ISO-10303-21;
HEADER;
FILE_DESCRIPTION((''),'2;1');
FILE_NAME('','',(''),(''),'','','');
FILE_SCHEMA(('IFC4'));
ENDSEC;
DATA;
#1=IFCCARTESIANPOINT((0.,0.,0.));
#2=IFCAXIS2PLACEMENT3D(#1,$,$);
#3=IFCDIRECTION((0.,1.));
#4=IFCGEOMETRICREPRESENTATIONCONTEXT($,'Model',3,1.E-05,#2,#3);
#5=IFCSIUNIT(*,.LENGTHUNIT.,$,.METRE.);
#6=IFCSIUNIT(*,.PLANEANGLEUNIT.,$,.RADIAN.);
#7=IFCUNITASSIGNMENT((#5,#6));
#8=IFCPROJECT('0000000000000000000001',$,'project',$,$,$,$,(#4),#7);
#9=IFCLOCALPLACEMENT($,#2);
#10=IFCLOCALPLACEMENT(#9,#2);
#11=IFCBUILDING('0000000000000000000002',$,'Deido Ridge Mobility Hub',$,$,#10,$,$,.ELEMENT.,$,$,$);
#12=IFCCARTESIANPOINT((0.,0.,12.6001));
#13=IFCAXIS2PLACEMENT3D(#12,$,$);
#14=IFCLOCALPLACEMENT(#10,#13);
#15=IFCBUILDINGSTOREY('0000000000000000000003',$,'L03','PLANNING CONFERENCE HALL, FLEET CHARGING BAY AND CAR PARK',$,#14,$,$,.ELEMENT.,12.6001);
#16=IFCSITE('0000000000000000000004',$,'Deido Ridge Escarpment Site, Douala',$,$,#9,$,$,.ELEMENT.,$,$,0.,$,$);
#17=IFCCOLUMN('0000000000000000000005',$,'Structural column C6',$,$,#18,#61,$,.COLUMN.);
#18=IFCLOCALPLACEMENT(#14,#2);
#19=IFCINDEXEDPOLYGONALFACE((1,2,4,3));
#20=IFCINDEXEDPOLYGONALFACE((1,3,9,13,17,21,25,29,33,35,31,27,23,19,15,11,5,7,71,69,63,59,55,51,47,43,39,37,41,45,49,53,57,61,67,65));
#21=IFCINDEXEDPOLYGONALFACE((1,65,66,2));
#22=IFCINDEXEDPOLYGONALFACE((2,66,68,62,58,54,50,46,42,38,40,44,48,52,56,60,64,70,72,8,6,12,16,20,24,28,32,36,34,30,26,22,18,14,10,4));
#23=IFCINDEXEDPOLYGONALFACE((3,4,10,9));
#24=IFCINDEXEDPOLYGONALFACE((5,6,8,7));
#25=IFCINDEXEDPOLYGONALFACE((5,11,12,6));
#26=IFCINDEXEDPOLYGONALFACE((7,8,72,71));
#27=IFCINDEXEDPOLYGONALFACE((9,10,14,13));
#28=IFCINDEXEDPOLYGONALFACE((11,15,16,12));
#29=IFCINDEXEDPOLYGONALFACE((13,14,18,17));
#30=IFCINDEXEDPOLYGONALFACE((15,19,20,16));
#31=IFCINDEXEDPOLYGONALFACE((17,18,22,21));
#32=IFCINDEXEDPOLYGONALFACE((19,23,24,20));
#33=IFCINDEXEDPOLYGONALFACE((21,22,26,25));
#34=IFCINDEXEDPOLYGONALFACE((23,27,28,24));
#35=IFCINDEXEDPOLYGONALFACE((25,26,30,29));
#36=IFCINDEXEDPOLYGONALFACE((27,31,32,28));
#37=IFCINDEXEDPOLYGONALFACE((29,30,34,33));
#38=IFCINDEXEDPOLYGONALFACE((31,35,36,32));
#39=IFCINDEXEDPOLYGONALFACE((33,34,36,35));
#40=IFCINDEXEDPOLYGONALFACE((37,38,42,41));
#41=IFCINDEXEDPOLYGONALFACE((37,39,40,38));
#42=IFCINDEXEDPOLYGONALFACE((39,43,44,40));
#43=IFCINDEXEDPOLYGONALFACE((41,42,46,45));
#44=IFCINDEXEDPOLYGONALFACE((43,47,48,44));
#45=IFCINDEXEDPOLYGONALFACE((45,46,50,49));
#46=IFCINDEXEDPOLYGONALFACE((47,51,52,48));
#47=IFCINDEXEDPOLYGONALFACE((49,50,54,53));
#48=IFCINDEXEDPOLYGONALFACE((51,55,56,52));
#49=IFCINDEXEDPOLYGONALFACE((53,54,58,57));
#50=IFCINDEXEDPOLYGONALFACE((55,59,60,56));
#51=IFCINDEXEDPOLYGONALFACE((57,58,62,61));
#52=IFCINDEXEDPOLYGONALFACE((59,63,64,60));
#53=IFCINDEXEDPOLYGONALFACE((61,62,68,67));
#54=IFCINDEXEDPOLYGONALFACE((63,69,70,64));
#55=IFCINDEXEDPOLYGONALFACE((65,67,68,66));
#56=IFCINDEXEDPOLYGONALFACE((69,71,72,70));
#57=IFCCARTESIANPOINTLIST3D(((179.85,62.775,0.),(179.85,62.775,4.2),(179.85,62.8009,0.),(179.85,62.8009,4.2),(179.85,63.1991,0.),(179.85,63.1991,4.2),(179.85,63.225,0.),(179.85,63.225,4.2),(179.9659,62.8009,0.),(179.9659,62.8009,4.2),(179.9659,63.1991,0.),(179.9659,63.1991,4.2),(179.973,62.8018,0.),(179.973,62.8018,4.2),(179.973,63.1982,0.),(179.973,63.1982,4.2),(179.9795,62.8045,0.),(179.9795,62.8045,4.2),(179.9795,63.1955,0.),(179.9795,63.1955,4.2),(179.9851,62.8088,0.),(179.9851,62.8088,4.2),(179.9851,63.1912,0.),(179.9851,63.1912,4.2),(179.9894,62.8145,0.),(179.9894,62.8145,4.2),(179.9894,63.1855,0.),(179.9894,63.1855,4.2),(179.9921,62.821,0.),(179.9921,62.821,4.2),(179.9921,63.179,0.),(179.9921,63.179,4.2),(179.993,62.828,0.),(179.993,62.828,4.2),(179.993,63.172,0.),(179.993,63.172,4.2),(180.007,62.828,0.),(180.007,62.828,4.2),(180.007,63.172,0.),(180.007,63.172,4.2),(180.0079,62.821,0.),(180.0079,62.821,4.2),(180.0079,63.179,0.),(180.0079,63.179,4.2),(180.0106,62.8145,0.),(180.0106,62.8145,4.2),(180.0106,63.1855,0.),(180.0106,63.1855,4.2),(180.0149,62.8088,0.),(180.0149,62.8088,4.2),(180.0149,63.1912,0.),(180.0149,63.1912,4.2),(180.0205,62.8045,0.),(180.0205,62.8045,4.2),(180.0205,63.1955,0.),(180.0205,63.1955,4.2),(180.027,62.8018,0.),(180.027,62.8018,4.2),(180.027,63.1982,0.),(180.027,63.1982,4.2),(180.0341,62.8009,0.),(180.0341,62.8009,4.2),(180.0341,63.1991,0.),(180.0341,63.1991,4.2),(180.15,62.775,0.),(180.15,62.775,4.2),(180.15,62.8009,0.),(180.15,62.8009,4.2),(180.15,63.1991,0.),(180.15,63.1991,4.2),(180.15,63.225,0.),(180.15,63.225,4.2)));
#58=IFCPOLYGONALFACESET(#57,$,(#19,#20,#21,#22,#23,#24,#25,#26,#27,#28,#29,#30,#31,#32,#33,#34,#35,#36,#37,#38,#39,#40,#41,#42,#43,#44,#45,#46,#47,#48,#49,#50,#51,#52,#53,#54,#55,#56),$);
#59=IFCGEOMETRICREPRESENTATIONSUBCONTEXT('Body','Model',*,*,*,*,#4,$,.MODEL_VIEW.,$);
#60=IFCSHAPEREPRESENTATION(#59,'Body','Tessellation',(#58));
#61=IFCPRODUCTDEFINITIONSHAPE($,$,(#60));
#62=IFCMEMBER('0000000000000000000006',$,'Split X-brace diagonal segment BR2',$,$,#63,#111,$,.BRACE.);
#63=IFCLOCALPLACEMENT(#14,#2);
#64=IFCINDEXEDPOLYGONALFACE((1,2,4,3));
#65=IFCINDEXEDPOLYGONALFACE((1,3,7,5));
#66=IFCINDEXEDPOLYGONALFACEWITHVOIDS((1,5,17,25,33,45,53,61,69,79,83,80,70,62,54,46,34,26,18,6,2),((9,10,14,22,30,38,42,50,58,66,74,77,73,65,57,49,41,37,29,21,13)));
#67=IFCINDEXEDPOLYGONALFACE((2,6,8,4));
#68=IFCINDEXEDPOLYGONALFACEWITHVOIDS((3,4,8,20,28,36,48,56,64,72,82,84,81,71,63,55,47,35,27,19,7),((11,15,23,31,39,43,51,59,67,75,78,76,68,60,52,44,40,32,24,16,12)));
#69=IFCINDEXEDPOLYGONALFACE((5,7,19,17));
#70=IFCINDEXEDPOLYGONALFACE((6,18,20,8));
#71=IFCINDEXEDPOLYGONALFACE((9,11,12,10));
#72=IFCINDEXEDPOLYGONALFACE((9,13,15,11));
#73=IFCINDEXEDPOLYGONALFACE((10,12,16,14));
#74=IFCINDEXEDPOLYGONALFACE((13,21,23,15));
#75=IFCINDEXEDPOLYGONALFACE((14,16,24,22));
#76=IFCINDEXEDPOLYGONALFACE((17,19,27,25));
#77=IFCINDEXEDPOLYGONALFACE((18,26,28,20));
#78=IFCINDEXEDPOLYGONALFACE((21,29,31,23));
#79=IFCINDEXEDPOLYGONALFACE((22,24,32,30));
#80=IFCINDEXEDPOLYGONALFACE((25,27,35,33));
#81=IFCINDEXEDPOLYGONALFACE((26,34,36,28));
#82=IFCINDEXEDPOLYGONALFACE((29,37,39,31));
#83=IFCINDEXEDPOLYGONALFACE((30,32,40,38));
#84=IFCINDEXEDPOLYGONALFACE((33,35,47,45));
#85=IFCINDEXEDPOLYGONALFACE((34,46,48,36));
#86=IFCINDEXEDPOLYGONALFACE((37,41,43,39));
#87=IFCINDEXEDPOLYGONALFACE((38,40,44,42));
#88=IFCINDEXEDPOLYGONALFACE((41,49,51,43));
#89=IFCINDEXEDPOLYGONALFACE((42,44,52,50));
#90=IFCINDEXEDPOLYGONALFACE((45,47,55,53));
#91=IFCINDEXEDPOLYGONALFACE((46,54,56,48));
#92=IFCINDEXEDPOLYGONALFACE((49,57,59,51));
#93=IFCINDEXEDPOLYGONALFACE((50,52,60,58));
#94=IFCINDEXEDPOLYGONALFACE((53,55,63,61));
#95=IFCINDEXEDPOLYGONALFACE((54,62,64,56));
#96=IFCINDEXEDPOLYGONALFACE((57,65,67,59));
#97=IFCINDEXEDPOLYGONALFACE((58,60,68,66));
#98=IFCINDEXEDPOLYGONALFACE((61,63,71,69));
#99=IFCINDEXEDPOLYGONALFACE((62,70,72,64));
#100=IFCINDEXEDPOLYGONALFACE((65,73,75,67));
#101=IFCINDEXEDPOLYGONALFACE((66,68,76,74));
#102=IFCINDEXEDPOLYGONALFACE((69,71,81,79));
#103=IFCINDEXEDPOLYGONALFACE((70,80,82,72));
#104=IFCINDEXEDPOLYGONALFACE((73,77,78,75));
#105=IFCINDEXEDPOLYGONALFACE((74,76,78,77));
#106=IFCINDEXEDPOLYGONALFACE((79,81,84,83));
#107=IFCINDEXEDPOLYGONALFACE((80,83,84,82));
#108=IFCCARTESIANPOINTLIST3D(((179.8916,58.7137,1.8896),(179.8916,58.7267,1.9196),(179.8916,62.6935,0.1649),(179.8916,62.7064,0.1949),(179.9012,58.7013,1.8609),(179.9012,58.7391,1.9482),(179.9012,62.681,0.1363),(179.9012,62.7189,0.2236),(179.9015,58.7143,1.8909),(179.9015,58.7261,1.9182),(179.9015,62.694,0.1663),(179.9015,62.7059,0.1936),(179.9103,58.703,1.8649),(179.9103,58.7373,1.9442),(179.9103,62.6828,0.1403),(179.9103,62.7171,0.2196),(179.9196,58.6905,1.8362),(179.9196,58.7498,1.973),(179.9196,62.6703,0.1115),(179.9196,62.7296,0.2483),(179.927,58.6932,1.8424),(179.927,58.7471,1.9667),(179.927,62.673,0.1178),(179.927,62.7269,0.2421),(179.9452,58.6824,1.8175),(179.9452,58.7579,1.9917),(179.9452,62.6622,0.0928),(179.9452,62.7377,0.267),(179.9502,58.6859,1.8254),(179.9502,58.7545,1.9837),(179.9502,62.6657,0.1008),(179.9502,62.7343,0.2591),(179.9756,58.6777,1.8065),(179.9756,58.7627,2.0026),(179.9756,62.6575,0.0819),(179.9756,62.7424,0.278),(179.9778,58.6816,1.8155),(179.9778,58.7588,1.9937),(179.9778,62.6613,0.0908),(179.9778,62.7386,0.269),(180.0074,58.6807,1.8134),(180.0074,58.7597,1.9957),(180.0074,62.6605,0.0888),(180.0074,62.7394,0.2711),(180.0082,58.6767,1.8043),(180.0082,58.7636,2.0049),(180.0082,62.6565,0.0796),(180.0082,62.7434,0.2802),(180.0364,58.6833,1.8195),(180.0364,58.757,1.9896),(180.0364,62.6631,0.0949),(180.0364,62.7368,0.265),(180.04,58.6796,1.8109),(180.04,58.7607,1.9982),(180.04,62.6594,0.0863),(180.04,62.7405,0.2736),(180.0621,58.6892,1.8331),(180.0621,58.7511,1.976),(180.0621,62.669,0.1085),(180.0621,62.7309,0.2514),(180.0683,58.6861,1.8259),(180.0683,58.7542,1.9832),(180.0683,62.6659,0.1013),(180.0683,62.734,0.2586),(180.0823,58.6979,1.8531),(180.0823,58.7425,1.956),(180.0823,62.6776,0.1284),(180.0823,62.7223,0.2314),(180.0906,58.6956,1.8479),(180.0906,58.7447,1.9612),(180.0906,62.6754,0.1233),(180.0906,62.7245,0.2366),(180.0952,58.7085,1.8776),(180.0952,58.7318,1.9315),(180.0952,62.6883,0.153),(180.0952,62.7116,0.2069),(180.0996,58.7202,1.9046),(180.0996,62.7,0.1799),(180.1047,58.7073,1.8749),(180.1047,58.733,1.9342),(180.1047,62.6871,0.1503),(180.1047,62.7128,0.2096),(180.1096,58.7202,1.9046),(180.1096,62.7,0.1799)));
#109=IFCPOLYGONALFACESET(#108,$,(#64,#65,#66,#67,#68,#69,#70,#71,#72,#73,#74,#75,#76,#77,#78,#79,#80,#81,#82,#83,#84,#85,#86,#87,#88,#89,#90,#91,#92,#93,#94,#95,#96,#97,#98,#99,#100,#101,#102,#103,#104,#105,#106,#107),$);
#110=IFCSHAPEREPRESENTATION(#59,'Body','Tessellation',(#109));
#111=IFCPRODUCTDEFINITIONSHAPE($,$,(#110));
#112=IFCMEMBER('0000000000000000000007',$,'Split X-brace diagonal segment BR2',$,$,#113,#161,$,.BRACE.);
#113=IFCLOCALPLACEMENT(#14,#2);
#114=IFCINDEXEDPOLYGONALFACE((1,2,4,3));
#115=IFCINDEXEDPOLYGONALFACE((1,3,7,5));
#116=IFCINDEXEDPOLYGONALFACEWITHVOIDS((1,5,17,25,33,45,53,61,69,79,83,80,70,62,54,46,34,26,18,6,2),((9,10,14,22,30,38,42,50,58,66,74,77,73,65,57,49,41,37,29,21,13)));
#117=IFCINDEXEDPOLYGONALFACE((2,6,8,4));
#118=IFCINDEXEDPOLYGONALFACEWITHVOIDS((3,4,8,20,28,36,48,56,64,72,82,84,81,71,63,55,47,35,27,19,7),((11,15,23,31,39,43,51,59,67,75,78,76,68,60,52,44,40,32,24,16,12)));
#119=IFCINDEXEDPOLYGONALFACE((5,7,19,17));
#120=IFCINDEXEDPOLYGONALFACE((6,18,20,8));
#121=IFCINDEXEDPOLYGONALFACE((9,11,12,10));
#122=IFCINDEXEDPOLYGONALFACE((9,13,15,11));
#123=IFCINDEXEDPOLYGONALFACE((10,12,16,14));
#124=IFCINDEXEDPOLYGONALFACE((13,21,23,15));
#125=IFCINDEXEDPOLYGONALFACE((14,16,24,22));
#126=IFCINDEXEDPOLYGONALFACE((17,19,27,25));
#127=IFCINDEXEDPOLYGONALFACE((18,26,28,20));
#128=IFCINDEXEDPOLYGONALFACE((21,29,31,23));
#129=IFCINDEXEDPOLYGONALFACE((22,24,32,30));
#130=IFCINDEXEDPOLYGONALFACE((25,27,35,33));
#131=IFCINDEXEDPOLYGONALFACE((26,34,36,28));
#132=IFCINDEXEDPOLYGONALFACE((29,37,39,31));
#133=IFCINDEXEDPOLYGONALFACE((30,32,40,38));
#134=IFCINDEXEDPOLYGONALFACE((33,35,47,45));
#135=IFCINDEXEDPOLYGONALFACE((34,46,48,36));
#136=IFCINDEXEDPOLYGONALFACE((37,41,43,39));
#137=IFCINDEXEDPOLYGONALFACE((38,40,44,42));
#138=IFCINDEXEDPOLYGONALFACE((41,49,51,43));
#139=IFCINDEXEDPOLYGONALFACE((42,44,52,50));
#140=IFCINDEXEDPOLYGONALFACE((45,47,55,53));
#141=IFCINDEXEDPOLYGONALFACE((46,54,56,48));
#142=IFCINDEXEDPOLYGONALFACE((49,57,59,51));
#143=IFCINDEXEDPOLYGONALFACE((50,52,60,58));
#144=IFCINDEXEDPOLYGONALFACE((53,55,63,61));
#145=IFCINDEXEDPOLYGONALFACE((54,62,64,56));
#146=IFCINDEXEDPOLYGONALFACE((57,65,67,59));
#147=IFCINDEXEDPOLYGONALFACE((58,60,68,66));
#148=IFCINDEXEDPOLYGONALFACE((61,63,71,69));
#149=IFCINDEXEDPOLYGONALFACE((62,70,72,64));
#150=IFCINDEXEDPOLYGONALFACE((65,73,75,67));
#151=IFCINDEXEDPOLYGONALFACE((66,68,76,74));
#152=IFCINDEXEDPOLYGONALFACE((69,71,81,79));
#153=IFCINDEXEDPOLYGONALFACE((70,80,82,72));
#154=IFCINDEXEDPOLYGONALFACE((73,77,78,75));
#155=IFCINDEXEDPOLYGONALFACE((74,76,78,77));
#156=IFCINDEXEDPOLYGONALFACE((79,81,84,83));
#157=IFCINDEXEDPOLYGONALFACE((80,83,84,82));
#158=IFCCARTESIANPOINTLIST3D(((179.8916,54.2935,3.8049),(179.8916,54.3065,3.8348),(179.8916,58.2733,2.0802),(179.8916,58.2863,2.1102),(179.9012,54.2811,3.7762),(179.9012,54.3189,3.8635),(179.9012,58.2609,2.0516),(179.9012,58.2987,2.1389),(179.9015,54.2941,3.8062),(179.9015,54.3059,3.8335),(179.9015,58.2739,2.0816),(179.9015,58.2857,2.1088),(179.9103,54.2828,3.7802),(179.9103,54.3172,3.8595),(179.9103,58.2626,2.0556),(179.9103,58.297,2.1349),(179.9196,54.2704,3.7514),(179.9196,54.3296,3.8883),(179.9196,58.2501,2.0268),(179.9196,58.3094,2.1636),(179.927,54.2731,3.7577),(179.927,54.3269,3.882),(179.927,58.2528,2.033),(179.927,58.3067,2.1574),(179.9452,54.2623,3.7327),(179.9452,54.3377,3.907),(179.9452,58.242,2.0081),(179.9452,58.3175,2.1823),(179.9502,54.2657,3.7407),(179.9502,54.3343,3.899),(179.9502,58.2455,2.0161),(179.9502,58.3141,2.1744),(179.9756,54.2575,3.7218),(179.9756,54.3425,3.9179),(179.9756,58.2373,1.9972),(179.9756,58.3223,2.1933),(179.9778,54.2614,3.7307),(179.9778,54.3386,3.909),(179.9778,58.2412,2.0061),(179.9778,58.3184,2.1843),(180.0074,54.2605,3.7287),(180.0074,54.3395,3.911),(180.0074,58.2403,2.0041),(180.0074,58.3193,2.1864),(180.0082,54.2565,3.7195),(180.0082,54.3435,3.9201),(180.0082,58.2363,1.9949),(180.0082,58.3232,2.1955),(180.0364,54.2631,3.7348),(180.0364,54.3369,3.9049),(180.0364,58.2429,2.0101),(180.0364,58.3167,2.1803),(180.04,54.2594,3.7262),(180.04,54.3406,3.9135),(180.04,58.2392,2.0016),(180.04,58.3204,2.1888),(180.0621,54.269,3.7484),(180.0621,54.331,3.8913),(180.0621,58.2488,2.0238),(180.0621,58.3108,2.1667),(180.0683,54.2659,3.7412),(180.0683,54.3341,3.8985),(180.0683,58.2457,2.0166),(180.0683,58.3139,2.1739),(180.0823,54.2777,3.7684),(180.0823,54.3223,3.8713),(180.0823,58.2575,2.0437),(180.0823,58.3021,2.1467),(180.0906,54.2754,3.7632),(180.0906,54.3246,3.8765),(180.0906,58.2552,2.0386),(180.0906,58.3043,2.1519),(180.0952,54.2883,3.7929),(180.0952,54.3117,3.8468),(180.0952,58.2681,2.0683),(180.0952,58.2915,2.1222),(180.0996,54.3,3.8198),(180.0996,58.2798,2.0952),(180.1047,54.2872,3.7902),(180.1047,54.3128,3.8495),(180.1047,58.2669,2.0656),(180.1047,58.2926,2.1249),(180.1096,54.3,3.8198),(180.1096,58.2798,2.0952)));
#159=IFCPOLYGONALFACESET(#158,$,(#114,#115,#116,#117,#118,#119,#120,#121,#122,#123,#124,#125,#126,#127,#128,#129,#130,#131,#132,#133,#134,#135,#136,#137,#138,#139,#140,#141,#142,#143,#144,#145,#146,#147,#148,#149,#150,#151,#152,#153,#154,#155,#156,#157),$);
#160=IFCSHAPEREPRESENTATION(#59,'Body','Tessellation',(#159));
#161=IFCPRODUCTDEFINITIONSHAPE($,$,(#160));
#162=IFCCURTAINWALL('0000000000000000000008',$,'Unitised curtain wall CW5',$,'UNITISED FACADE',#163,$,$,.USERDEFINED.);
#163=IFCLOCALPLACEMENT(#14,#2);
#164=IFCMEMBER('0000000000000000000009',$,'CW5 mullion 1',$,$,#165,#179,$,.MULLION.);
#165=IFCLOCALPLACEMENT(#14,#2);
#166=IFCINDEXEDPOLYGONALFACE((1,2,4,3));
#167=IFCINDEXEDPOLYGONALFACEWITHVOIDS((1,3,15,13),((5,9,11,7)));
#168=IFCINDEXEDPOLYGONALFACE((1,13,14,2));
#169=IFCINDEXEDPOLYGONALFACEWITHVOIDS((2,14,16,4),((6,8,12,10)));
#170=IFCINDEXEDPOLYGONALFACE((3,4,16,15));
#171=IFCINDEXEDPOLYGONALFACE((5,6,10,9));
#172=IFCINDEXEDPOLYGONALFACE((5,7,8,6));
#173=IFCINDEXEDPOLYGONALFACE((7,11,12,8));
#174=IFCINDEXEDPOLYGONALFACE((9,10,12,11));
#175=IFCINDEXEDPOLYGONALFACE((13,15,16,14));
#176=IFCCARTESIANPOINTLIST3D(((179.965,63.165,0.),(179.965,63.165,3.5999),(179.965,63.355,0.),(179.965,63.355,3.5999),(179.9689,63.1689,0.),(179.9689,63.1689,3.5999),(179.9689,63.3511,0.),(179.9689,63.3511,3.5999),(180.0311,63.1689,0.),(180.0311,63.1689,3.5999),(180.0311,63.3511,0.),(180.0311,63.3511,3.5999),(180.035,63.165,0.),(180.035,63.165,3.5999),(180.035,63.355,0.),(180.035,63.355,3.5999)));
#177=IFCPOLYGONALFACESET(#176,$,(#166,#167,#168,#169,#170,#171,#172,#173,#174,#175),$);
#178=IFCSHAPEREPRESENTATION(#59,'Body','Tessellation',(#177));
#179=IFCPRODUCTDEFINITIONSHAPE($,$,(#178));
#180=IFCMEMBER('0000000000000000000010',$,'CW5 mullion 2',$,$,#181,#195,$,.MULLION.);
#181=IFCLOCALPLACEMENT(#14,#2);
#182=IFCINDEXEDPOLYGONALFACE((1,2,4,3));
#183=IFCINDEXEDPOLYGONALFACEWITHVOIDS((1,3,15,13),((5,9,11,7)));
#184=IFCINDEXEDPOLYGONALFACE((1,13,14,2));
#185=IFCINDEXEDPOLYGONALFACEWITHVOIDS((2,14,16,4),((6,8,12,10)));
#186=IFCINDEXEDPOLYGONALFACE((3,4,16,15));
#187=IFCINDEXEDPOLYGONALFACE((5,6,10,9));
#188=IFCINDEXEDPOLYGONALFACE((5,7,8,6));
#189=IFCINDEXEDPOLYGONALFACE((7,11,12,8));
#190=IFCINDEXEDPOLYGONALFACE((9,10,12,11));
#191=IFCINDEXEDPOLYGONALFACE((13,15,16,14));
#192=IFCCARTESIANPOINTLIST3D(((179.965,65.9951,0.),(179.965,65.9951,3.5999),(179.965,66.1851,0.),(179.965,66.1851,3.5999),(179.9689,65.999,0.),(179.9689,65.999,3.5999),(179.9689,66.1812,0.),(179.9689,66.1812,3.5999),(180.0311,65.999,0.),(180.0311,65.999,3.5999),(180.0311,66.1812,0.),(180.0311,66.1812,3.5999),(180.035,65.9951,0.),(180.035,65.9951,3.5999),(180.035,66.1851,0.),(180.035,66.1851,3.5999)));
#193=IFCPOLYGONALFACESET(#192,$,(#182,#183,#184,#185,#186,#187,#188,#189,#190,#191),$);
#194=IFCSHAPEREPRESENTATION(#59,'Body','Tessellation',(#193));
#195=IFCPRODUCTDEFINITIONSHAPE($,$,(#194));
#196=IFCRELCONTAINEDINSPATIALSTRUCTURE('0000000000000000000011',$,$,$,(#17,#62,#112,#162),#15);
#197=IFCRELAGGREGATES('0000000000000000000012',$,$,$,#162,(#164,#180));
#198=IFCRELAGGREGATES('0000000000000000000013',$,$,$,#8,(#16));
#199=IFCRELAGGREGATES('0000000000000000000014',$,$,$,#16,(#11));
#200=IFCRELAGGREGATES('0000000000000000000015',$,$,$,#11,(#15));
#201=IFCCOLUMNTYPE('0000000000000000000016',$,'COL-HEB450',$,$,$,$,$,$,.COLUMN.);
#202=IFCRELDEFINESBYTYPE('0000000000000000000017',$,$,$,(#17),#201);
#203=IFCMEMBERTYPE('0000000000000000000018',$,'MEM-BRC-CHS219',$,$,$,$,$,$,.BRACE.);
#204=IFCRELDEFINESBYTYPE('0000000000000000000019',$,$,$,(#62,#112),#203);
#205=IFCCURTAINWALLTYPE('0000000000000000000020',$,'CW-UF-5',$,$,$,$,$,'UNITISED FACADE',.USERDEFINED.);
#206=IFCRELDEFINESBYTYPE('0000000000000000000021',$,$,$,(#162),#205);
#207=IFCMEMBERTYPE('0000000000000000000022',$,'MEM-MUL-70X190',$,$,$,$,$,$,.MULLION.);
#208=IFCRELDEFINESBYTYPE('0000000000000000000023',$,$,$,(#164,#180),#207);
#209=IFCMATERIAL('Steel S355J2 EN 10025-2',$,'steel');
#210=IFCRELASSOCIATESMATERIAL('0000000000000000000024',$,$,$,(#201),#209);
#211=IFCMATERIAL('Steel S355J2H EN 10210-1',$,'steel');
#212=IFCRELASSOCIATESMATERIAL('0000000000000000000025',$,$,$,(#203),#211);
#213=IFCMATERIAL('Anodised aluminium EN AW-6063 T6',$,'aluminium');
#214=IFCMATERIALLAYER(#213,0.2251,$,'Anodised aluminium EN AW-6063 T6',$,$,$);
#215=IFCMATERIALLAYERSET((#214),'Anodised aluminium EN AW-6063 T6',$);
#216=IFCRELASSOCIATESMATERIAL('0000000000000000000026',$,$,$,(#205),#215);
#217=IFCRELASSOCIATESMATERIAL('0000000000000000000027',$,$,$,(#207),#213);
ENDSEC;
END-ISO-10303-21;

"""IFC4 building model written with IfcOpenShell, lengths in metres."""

from ifc_helpers import new_model, si_unit, direction, frame, origin, origin_2d, place, context, subcontext, project, spatial, hollow_rectangle, hollow_circle, i_section, extrude, material, layer, layer_set, material_profile, profile_set, type_object, element, aggregate, save


model = new_model("IFC4")

# Units and contexts
model_context = context("Model", 3, precision=1e-05, world=origin(), true_north=direction((0.0, 1.0)))
body_context = subcontext(model_context, "Body", "Model", "MODEL_VIEW")
ifc_project = project(units=[si_unit("LENGTHUNIT", "METRE"), si_unit("PLANEANGLEUNIT", "RADIAN")], contexts=[model_context])

# Site, building, storey
site_placement = place(None, origin())
site = spatial("IfcSite", under=ifc_project, at=site_placement, Name="Deido Ridge Escarpment Site, Douala", CompositionType="ELEMENT", RefElevation=0.0)
building_placement = place(site_placement, origin())
building = spatial("IfcBuilding", under=site, at=building_placement, Name="Deido Ridge Mobility Hub", CompositionType="ELEMENT")
storey_placement = place(building_placement, frame((0.0, 0.0, 12.6001)))
storey = spatial("IfcBuildingStorey", under=building, at=storey_placement, Name="L03", Description="PLANNING CONFERENCE HALL, FLEET CHARGING BAY AND CAR PARK", CompositionType="ELEMENT", Elevation=12.6001)

# Column
ifc_material_1 = material(Name="Steel S355J2 EN 10025-2", Category="steel")
ifc_material_profile_1 = material_profile(ifc_material_1, i_section(OverallWidth=0.3, OverallDepth=0.45, WebThickness=0.0139, FlangeThickness=0.0259, FilletRadius=0.0271, at=origin_2d()), Name="HEB 450")
ifc_profile_set_1 = profile_set([ifc_material_profile_1], Name="Steel S355J2 EN 10025-2")
column_type = type_object("IfcColumnType", Name="COL-HEB450", PredefinedType="COLUMN", material=ifc_profile_set_1)
column_placement = place(storey_placement, frame((180.0, 63.0, 0.0), z_axis=(0.0, 0.0, 1.0), x_axis=(1.0, 0.0, 0.0)))
element("IfcColumn", 1, at=column_placement, inside=storey, type_object=column_type, Name="Structural column C6", PredefinedType="COLUMN", context=body_context, shape_type="SweptSolid", body=[
    extrude(i_section(OverallWidth=0.3, OverallDepth=0.45, WebThickness=0.0139, FlangeThickness=0.0259, FilletRadius=0.0271, at=origin_2d()), origin(), (0.0, 0.0, 1.0), 4.2),
])

# Members
ifc_material_2 = material(Name="Steel S355J2H EN 10210-1", Category="steel")
ifc_material_profile_2 = material_profile(ifc_material_2, hollow_circle(Radius=0.1096, WallThickness=0.01, at=origin_2d()), Name="CHS 219.1x10")
ifc_profile_set_2 = profile_set([ifc_material_profile_2], Name="Steel S355J2H EN 10210-1")
member_type_1 = type_object("IfcMemberType", Name="MEM-BRC-CHS219", PredefinedType="BRACE", material=ifc_profile_set_2)
for number, where, z_axis, x_axis, name in (
    (2, (180.0, 62.7, 0.1799), (0.0, -0.917551, 0.397618), (1.0, 0.0, 0.0), "Split X-brace diagonal segment BR2"),
    (3, (180.0, 58.2798, 2.0952), (0.0, -0.917551, 0.397618), (1.0, 0.0, 0.0), "Split X-brace diagonal segment BR2"),
):
    element("IfcMember", number, at=place(storey_placement, frame(where, z_axis=z_axis, x_axis=x_axis)), inside=storey, type_object=member_type_1, Name=name, PredefinedType="BRACE", context=body_context, shape_type="SweptSolid", body=[
        extrude(hollow_circle(Radius=0.1096, WallThickness=0.01, at=origin_2d()), origin(), (0.0, 0.0, 1.0), 4.3374),
    ])

# Curtain wall, members
ifc_material_3 = material(Name="Anodised aluminium EN AW-6063 T6", Category="aluminium")
ifc_layer_1 = layer(ifc_material_3, 0.2251, Name="Anodised aluminium EN AW-6063 T6")
ifc_layer_set_1 = layer_set([ifc_layer_1], Name="Anodised aluminium EN AW-6063 T6")
curtain_wall_type = type_object("IfcCurtainWallType", Name="CW-UF-5", ElementType="UNITISED FACADE", PredefinedType="USERDEFINED", material=ifc_layer_set_1)
curtain_wall_placement = place(storey_placement, origin())
curtain_wall = element("IfcCurtainWall", 4, at=curtain_wall_placement, inside=storey, type_object=curtain_wall_type, Name="Unitised curtain wall CW5", ObjectType="UNITISED FACADE", PredefinedType="USERDEFINED")
ifc_material_profile_3 = material_profile(ifc_material_3, hollow_rectangle(XDim=0.0701, YDim=0.1899, WallThickness=0.0039, at=origin_2d()), Name="RHS 70x190x4")
ifc_profile_set_3 = profile_set([ifc_material_profile_3], Name="Anodised aluminium EN AW-6063 T6")
member_type_2 = type_object("IfcMemberType", Name="MEM-MUL-70X190", PredefinedType="MULLION", material=ifc_profile_set_3)
member_1_placement = place(storey_placement, frame((180.0, 63.26, 0.0), z_axis=(0.0, 0.0, 1.0), x_axis=(-1.0, 0.0, 0.0)))
member_1 = element("IfcMember", 5, at=member_1_placement, type_object=member_type_2, Name="CW5 mullion 1", PredefinedType="MULLION", context=body_context, shape_type="SweptSolid", body=[
    extrude(hollow_rectangle(XDim=0.0701, YDim=0.1899, WallThickness=0.0039, at=origin_2d()), origin(), (0.0, 0.0, 1.0), 3.5999),
])
member_2_placement = place(storey_placement, frame((180.0, 66.0901, 0.0), z_axis=(0.0, 0.0, 1.0), x_axis=(-1.0, 0.0, 0.0)))
member_2 = element("IfcMember", 6, at=member_2_placement, type_object=member_type_2, Name="CW5 mullion 2", PredefinedType="MULLION", context=body_context, shape_type="SweptSolid", body=[
    extrude(hollow_rectangle(XDim=0.0701, YDim=0.1899, WallThickness=0.0039, at=origin_2d()), origin(), (0.0, 0.0, 1.0), 3.5999),
])

aggregate(curtain_wall, [member_1, member_2])

save(model, "model.ifc")
